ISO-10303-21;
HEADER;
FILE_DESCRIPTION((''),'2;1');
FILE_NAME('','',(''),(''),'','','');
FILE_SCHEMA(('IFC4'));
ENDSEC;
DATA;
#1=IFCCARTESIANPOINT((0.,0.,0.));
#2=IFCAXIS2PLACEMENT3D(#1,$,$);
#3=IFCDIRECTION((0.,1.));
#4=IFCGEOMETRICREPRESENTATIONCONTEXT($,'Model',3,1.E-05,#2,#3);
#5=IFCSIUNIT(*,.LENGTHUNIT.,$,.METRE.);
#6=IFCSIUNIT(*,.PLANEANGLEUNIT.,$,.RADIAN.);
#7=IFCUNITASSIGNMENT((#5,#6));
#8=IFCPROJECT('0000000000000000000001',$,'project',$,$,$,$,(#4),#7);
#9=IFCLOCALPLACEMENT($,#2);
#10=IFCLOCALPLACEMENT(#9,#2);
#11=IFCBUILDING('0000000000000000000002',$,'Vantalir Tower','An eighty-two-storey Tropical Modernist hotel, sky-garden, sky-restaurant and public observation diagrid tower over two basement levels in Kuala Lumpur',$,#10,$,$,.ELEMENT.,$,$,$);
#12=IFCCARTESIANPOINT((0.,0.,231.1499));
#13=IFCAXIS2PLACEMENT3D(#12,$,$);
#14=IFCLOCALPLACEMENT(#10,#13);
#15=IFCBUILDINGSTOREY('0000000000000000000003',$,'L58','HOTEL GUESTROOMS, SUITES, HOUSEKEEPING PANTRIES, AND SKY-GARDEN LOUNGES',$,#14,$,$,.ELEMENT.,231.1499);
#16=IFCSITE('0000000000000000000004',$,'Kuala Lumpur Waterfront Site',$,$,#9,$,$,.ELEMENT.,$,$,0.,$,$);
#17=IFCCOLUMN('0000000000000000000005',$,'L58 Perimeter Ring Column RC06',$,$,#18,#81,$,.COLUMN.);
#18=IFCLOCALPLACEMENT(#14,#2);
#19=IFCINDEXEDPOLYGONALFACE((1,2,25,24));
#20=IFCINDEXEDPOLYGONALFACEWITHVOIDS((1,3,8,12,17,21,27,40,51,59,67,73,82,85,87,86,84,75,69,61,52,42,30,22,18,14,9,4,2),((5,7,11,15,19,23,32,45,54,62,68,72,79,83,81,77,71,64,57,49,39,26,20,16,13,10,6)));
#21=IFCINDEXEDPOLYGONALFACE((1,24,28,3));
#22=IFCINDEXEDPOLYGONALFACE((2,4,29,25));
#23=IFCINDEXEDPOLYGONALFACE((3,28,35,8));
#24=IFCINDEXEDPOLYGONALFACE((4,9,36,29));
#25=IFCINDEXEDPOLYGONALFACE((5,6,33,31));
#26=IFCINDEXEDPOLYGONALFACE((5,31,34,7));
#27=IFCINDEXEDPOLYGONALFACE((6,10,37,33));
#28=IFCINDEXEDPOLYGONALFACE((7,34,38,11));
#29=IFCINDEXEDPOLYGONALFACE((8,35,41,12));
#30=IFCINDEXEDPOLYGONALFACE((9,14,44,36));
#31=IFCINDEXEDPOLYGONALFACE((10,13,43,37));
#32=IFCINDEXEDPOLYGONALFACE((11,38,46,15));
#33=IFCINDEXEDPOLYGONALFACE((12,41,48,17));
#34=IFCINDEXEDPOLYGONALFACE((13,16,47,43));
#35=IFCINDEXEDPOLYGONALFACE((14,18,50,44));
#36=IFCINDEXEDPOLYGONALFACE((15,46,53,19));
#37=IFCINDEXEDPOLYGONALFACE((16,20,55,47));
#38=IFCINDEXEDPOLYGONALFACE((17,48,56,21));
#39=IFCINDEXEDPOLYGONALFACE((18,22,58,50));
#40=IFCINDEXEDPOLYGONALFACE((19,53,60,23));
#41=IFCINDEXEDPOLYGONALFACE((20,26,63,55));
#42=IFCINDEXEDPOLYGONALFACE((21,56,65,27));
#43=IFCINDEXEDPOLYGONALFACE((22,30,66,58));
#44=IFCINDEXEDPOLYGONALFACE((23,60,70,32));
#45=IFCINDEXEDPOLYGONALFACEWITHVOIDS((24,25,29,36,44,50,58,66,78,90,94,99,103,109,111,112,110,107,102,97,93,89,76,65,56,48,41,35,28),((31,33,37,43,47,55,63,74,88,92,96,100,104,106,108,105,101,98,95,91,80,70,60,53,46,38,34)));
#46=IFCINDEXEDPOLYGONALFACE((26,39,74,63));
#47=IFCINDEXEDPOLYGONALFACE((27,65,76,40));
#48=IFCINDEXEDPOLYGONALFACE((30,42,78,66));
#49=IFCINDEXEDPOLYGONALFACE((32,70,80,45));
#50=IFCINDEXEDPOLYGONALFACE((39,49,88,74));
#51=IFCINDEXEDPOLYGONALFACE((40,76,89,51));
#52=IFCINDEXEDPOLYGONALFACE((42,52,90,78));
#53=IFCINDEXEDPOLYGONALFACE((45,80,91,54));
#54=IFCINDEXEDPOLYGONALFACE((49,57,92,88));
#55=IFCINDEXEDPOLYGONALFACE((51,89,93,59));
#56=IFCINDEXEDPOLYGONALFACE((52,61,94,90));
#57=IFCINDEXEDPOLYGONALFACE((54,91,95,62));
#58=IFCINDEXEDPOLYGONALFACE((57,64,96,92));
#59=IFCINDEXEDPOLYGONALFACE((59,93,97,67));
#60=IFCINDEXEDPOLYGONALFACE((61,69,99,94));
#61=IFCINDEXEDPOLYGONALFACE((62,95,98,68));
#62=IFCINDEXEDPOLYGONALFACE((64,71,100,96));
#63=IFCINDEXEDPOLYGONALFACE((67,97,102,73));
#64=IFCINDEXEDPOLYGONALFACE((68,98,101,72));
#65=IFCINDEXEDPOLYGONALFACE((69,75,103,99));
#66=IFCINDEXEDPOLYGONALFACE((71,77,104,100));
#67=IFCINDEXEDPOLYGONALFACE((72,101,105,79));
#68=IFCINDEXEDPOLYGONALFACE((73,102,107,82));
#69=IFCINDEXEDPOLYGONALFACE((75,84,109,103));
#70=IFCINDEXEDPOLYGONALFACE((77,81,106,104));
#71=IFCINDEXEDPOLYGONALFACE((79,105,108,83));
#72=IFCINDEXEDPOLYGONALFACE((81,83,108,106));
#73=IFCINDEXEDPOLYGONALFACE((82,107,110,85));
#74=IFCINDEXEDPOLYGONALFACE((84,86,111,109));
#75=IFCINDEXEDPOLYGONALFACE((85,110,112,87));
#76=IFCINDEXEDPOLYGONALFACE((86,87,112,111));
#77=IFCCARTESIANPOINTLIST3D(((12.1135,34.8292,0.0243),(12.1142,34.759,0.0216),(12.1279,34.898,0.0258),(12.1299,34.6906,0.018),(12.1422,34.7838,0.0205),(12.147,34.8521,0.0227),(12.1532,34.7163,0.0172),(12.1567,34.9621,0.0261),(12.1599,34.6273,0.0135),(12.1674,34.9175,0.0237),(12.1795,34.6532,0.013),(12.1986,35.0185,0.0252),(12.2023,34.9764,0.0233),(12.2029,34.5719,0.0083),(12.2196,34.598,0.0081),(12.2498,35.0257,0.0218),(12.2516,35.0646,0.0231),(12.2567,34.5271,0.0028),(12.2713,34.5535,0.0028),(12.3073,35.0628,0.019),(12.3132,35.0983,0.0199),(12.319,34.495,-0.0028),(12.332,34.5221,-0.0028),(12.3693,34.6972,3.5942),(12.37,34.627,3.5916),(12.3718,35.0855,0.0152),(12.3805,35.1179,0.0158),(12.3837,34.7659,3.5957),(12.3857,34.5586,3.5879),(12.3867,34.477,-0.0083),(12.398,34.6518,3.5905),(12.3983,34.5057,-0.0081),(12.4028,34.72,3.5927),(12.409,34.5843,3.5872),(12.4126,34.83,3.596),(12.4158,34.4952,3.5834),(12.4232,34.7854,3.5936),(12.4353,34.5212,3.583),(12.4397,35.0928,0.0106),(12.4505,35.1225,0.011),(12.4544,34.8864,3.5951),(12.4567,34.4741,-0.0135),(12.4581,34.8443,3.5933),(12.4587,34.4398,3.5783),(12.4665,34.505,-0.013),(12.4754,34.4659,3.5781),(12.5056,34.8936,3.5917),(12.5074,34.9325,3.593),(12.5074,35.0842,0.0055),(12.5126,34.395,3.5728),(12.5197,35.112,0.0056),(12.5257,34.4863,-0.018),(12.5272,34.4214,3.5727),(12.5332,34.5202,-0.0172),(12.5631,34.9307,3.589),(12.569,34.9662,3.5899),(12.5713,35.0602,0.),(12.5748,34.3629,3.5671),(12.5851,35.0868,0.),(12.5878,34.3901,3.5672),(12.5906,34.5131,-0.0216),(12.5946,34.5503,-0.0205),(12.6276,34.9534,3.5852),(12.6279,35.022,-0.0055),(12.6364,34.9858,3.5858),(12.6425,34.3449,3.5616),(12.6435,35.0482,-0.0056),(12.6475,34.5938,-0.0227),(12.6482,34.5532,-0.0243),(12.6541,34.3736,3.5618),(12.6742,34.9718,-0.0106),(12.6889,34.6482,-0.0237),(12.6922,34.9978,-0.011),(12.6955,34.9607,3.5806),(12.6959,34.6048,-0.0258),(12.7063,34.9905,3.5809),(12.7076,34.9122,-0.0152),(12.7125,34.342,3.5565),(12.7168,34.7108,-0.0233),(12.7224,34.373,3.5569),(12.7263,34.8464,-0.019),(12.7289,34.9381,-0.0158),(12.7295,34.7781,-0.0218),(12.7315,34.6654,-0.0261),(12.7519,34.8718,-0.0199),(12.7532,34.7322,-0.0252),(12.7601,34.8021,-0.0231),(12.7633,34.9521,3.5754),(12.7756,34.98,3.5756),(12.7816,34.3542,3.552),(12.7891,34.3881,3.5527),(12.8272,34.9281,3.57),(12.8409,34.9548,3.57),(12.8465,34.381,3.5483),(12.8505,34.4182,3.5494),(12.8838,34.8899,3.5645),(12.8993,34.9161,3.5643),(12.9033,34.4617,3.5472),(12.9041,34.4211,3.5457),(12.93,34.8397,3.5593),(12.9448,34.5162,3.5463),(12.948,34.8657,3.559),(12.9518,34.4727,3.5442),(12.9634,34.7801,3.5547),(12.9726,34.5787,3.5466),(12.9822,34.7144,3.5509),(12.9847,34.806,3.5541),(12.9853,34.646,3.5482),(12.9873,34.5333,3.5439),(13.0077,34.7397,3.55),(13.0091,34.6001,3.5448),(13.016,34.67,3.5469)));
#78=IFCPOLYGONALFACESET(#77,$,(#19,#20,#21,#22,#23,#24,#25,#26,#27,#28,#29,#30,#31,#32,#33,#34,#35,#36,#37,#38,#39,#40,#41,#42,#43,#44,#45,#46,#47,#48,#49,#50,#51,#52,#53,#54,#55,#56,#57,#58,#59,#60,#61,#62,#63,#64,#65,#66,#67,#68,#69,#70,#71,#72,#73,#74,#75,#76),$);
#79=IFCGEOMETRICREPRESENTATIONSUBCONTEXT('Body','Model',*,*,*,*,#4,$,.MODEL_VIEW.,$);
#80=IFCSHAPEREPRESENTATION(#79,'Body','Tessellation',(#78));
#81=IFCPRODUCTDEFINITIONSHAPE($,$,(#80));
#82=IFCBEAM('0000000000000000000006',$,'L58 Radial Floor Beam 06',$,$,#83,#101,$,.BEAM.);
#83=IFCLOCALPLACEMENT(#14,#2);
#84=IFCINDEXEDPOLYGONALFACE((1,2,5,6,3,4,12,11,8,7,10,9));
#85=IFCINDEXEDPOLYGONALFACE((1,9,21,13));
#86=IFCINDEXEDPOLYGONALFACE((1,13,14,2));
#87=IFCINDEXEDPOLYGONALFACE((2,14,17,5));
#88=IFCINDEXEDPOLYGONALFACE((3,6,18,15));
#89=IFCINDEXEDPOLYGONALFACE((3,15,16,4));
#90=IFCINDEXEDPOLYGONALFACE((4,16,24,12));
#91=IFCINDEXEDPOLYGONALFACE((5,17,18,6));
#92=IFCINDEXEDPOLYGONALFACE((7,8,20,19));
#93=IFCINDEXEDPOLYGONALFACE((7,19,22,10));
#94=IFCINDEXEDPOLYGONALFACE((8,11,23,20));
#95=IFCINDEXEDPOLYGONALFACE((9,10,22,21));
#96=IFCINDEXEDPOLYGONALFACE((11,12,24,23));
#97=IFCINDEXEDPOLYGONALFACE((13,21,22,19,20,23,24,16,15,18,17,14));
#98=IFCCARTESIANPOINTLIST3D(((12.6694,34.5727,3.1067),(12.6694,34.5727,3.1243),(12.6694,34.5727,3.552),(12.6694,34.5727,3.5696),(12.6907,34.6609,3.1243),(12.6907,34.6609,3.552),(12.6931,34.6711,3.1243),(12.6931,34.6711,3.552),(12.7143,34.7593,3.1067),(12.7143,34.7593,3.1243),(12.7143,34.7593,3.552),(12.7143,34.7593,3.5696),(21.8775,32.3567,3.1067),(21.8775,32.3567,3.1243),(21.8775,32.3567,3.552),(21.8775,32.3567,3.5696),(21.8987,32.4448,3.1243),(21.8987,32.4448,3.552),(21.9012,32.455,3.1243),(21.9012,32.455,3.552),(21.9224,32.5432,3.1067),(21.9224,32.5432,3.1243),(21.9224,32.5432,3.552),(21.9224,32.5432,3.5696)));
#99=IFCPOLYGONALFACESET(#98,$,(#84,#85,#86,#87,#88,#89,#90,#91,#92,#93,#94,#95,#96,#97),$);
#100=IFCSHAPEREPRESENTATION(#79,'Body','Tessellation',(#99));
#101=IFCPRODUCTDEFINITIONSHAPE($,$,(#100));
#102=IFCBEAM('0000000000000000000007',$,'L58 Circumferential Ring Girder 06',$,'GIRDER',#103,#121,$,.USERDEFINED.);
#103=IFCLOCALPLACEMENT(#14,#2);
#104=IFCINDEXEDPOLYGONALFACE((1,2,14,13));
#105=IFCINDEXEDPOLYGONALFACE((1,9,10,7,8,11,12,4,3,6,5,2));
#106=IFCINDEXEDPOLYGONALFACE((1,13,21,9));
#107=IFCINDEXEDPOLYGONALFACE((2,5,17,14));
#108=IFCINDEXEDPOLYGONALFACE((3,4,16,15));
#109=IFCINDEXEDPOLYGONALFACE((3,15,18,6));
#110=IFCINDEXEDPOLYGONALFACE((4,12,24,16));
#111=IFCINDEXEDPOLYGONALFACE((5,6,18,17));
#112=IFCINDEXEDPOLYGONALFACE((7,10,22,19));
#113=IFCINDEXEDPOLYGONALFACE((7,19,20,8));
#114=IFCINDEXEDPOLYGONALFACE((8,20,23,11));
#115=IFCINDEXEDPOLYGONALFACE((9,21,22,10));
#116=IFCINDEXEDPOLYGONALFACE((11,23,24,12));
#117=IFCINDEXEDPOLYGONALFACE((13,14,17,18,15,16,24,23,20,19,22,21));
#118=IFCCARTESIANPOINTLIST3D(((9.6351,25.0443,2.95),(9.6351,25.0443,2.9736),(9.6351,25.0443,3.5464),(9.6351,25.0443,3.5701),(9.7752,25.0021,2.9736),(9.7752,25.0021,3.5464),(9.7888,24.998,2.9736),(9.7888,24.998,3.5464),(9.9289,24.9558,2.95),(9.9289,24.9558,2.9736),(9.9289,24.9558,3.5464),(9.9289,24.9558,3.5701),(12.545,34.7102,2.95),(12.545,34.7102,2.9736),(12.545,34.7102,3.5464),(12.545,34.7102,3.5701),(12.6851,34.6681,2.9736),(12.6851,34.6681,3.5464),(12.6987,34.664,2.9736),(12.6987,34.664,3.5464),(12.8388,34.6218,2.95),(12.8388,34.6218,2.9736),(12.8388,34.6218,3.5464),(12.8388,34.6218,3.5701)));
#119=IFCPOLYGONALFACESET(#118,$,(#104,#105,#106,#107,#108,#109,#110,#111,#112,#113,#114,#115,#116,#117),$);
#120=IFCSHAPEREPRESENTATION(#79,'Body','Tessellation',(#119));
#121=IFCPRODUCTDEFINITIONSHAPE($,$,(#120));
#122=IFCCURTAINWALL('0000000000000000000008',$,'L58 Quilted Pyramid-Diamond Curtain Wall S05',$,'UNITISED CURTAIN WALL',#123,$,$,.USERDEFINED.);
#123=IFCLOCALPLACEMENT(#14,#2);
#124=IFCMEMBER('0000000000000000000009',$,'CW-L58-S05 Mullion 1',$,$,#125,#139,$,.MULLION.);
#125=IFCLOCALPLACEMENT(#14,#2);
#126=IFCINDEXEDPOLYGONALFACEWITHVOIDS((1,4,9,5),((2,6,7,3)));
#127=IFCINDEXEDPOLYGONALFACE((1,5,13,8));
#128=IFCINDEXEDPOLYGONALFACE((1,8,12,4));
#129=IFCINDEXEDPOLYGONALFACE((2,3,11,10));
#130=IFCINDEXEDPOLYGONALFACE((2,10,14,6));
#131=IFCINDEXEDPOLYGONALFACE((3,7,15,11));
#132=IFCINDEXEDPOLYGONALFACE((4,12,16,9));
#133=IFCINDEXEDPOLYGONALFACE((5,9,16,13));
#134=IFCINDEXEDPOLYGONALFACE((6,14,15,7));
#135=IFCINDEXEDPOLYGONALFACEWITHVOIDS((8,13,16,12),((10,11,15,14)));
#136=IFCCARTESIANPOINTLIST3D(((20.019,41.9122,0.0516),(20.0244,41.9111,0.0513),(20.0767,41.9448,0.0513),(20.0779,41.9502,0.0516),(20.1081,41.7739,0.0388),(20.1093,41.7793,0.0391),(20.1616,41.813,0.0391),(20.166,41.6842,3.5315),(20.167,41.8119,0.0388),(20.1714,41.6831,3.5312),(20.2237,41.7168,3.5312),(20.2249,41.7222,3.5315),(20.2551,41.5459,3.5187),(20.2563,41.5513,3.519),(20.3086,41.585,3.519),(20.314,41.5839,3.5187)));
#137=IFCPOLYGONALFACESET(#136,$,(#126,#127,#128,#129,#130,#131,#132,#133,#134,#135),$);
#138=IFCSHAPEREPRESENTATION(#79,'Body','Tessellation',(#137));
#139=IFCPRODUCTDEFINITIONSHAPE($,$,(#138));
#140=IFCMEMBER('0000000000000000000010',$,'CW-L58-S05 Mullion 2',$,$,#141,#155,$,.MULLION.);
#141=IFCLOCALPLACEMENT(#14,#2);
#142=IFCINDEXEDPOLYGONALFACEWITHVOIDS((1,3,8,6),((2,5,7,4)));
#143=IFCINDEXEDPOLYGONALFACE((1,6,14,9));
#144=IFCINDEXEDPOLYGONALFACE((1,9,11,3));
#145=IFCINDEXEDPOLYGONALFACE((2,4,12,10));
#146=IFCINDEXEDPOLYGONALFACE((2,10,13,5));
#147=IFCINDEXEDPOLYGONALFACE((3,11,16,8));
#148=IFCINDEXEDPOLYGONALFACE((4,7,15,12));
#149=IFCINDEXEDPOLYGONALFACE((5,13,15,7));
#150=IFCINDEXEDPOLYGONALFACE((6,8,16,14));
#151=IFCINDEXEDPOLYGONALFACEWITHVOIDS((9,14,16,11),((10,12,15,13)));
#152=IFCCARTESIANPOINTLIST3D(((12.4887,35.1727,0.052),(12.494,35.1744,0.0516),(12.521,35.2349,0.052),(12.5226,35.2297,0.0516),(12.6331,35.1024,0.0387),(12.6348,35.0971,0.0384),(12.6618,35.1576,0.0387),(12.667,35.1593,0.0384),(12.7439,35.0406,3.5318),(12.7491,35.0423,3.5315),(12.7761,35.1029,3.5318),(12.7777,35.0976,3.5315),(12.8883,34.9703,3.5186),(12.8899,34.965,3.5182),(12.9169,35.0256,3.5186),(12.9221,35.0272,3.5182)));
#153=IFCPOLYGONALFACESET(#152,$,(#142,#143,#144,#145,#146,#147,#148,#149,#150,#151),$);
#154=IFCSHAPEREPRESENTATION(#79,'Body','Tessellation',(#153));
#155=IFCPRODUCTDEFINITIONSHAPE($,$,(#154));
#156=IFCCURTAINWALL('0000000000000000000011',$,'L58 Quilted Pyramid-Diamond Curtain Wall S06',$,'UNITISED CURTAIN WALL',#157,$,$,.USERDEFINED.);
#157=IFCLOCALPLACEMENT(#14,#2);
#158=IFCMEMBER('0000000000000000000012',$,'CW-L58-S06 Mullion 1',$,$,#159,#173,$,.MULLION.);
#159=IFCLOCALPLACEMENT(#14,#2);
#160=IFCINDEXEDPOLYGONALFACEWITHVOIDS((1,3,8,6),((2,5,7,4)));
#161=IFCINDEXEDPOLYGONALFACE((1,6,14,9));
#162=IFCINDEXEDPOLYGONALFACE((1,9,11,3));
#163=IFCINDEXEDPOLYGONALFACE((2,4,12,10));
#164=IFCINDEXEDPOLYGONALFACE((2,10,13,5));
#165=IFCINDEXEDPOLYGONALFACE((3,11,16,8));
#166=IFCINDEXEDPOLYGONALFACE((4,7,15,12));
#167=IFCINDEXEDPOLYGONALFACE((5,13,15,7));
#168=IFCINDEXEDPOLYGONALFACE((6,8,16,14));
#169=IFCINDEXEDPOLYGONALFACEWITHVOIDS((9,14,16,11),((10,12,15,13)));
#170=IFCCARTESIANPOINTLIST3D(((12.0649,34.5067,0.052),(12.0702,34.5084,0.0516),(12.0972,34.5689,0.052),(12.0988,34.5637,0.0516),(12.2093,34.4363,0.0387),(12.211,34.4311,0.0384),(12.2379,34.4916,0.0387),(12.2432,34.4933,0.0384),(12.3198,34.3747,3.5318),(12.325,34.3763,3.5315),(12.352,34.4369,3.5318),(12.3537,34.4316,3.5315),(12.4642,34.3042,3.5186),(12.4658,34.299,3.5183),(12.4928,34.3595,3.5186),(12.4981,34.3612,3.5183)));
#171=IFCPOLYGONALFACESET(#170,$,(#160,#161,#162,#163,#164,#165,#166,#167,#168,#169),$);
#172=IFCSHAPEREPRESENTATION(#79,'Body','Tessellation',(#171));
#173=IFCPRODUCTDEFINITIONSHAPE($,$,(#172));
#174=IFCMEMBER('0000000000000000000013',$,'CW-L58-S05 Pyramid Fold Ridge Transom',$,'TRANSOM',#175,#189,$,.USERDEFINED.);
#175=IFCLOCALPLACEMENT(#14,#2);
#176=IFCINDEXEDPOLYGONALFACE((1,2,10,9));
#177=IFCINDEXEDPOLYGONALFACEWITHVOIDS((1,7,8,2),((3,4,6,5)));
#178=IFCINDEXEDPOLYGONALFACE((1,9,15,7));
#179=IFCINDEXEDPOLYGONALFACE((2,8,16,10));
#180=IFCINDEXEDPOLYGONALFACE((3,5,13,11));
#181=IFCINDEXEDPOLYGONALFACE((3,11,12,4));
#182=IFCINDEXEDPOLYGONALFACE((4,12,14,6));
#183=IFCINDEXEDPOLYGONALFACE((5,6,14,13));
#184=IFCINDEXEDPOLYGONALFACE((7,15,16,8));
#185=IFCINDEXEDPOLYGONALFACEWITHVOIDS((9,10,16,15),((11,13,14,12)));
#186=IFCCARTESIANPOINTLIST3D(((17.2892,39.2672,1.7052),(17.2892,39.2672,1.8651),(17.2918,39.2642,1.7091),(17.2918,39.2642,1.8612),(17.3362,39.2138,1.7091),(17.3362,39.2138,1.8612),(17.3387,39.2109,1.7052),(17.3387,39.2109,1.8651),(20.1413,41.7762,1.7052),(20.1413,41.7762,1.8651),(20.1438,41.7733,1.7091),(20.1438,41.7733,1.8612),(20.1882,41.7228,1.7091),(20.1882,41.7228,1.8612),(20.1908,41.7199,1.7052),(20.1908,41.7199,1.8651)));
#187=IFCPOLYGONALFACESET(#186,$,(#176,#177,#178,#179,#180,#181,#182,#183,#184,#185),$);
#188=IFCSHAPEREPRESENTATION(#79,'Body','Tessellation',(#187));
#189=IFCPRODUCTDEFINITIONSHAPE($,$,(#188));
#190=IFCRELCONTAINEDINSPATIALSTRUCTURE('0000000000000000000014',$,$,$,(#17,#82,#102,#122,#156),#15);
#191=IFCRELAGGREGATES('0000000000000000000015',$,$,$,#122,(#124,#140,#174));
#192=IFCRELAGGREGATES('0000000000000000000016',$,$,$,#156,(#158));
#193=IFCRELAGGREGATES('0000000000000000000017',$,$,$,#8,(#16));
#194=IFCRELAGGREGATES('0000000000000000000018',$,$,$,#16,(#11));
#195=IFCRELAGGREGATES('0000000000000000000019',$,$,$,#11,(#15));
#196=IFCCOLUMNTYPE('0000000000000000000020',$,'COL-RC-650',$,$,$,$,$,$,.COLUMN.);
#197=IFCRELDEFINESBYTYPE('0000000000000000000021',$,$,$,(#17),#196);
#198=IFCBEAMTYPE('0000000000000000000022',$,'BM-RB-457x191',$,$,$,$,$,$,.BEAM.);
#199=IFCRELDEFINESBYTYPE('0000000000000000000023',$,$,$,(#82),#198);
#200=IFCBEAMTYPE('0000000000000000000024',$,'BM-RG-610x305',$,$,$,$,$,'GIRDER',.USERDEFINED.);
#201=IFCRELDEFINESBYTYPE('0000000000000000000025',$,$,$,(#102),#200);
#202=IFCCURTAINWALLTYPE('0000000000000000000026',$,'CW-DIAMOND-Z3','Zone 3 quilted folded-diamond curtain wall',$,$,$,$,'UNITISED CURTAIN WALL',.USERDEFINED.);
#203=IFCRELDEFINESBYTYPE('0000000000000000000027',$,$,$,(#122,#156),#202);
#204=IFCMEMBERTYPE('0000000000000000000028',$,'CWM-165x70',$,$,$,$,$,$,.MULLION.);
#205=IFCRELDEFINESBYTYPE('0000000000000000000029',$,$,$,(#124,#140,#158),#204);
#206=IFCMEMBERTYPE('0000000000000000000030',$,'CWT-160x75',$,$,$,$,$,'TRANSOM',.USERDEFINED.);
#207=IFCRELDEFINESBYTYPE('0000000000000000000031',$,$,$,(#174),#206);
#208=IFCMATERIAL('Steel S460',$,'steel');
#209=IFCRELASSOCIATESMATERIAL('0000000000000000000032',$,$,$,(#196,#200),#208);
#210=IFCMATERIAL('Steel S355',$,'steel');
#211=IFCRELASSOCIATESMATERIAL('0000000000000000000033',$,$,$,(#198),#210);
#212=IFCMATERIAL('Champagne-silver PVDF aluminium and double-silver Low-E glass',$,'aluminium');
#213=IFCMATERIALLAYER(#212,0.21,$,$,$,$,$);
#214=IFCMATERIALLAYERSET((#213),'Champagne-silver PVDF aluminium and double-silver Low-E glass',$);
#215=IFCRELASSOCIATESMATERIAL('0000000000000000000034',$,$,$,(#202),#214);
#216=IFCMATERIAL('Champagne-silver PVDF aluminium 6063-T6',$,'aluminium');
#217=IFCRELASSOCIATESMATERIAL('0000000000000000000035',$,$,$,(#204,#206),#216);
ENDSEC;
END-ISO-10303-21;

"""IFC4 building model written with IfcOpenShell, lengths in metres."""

from ifc_helpers import new_model, si_unit, direction, frame, origin, origin_2d, place, context, subcontext, project, spatial, hollow_rectangle, hollow_circle, i_section, extrude, material, layer, layer_set, material_profile, profile_set, type_object, element, aggregate, save


model = new_model("IFC4")

# Units and contexts
model_context = context("Model", 3, precision=1e-05, world=origin(), true_north=direction((0.0, 1.0)))
body_context = subcontext(model_context, "Body", "Model", "MODEL_VIEW")
ifc_project = project(units=[si_unit("LENGTHUNIT", "METRE"), si_unit("PLANEANGLEUNIT", "RADIAN")], contexts=[model_context])

# Site, building, storey
site_placement = place(None, origin())
site = spatial("IfcSite", under=ifc_project, at=site_placement, Name="Kuala Lumpur Waterfront Site", CompositionType="ELEMENT", RefElevation=0.0)
building_placement = place(site_placement, origin())
building = spatial("IfcBuilding", under=site, at=building_placement, Name="Vantalir Tower", Description="An eighty-two-storey Tropical Modernist hotel, sky-garden, sky-restaurant and public observation diagrid tower over two basement levels in Kuala Lumpur", CompositionType="ELEMENT")
storey_placement = place(building_placement, frame((0.0, 0.0, 231.1499)))
storey = spatial("IfcBuildingStorey", under=building, at=storey_placement, Name="L58", Description="HOTEL GUESTROOMS, SUITES, HOUSEKEEPING PANTRIES, AND SKY-GARDEN LOUNGES", CompositionType="ELEMENT", Elevation=231.1499)

# Column
ifc_material_1 = material(Name="Steel S460", Category="steel")
ifc_material_profile_1 = material_profile(ifc_material_1, hollow_circle(Radius=0.325, WallThickness=0.03, at=origin_2d()), Name="Steel S460")
ifc_profile_set_1 = profile_set([ifc_material_profile_1], Name="Steel S460")
column_type = type_object("IfcColumnType", Name="COL-RC-650", PredefinedType="COLUMN", material=ifc_profile_set_1)
column_placement = place(storey_placement, frame((12.436, 34.7981, 0.0), z_axis=(0.071436, -0.036877, 0.996763), x_axis=(0.458708, 0.888587, 0.0)))
element("IfcColumn", 1, at=column_placement, inside=storey, type_object=column_type, Name="L58 Perimeter Ring Column RC06", PredefinedType="COLUMN", context=body_context, shape_type="SweptSolid", body=[
    extrude(hollow_circle(Radius=0.325, WallThickness=0.03, at=origin_2d()), origin(), (0.0, 0.0, 1.0), 3.5815),
])

# Beams
ifc_material_2 = material(Name="Steel S355", Category="steel")
ifc_material_profile_2 = material_profile(ifc_material_2, i_section(OverallWidth=0.1919, OverallDepth=0.4629, WebThickness=0.0105, FlangeThickness=0.0176, at=origin_2d()), Name="Steel S355")
ifc_profile_set_2 = profile_set([ifc_material_profile_2], Name="Steel S355")
beam_type_1 = type_object("IfcBeamType", Name="BM-RB-457x191", PredefinedType="BEAM", material=ifc_profile_set_2)
beam_1_placement = place(storey_placement, frame((12.6919, 34.666, 3.3381), z_axis=(0.97224, -0.233986, 0.0), x_axis=(0.233986, 0.97224, 0.0)))
element("IfcBeam", 2, at=beam_1_placement, inside=storey, type_object=beam_type_1, Name="L58 Radial Floor Beam 06", PredefinedType="BEAM", context=body_context, shape_type="SweptSolid", body=[
    extrude(i_section(OverallWidth=0.1919, OverallDepth=0.4629, WebThickness=0.0105, FlangeThickness=0.0176, at=origin_2d()), origin(), (0.0, 0.0, 1.0), 9.4709),
])
ifc_material_profile_3 = material_profile(ifc_material_1, i_section(OverallWidth=0.3069, OverallDepth=0.6201, WebThickness=0.0142, FlangeThickness=0.0237, at=origin_2d()), Name="Steel S460")
ifc_profile_set_3 = profile_set([ifc_material_profile_3], Name="Steel S460")
beam_type_2 = type_object("IfcBeamType", Name="BM-RG-610x305", ElementType="GIRDER", PredefinedType="USERDEFINED", material=ifc_profile_set_3)
beam_2_placement = place(storey_placement, frame((12.6919, 34.666, 3.26), z_axis=(-0.288266, -0.95755, 0.0), x_axis=(0.95755, -0.288266, 0.0)))
element("IfcBeam", 3, at=beam_2_placement, inside=storey, type_object=beam_type_2, Name="L58 Circumferential Ring Girder 06", ObjectType="GIRDER", PredefinedType="USERDEFINED", context=body_context, shape_type="SweptSolid", body=[
    extrude(i_section(OverallWidth=0.3069, OverallDepth=0.6201, WebThickness=0.0142, FlangeThickness=0.0237, at=origin_2d()), origin(), (0.0, 0.0, 1.0), 10.0945),
])

# Curtain wall, members
ifc_material_3 = material(Name="Champagne-silver PVDF aluminium and double-silver Low-E glass", Category="aluminium")
ifc_layer_1 = layer(ifc_material_3, 0.21)
ifc_layer_set_1 = layer_set([ifc_layer_1], Name="Champagne-silver PVDF aluminium and double-silver Low-E glass")
curtain_wall_type = type_object("IfcCurtainWallType", Name="CW-DIAMOND-Z3", Description="Zone 3 quilted folded-diamond curtain wall", ElementType="UNITISED CURTAIN WALL", PredefinedType="USERDEFINED", material=ifc_layer_set_1)
curtain_wall_1_placement = place(storey_placement, origin())
curtain_wall_1 = element("IfcCurtainWall", 4, at=curtain_wall_1_placement, inside=storey, type_object=curtain_wall_type, Name="L58 Quilted Pyramid-Diamond Curtain Wall S05", ObjectType="UNITISED CURTAIN WALL", PredefinedType="USERDEFINED")
ifc_material_4 = material(Name="Champagne-silver PVDF aluminium 6063-T6", Category="aluminium")
ifc_material_profile_4 = material_profile(ifc_material_4, hollow_rectangle(XDim=0.0701, YDim=0.165, WallThickness=0.0039, at=origin_2d()), Name="Champagne-silver PVDF aluminium 6063-T6")
ifc_profile_set_4 = profile_set([ifc_material_profile_4], Name="Champagne-silver PVDF aluminium 6063-T6")
member_type_1 = type_object("IfcMemberType", Name="CWM-165x70", PredefinedType="MULLION", material=ifc_profile_set_4)
member_1_placement = place(storey_placement, frame((20.093, 41.8621, 0.0452), z_axis=(0.042106, -0.065327, 0.996975), x_axis=(0.840535, 0.541758, 0.0)))
member_1 = element("IfcMember", 5, at=member_1_placement, type_object=member_type_1, Name="CW-L58-S05 Mullion 1", PredefinedType="MULLION", context=body_context, shape_type="SweptSolid", body=[
    extrude(hollow_rectangle(XDim=0.0701, YDim=0.165, WallThickness=0.0039, at=origin_2d()), origin(), (0.0, 0.0, 1.0), 3.4905),
])
member_2_placement = place(storey_placement, frame((12.5779, 35.166, 0.0452), z_axis=(0.073064, -0.037826, 0.99661), x_axis=(0.459747, 0.88805, 0.0)))
member_2 = element("IfcMember", 6, at=member_2_placement, type_object=member_type_1, Name="CW-L58-S05 Mullion 2", PredefinedType="MULLION", context=body_context, shape_type="SweptSolid", body=[
    extrude(hollow_rectangle(XDim=0.0701, YDim=0.165, WallThickness=0.0039, at=origin_2d()), origin(), (0.0, 0.0, 1.0), 3.4917),
])

# Curtain wall, member
curtain_wall_2_placement = place(storey_placement, origin())
curtain_wall_2 = element("IfcCurtainWall", 7, at=curtain_wall_2_placement, inside=storey, type_object=curtain_wall_type, Name="L58 Quilted Pyramid-Diamond Curtain Wall S06", ObjectType="UNITISED CURTAIN WALL", PredefinedType="USERDEFINED")
member_3_placement = place(storey_placement, frame((12.1541, 34.5, 0.0452), z_axis=(0.072995, -0.037826, 0.996615), x_axis=(0.460094, 0.88787, 0.0)))
member_3 = element("IfcMember", 8, at=member_3_placement, type_object=member_type_1, Name="CW-L58-S06 Mullion 1", PredefinedType="MULLION", context=body_context, shape_type="SweptSolid", body=[
    extrude(hollow_rectangle(XDim=0.0701, YDim=0.165, WallThickness=0.0039, at=origin_2d()), origin(), (0.0, 0.0, 1.0), 3.4917),
])

# Member
ifc_material_profile_5 = material_profile(ifc_material_4, hollow_rectangle(XDim=0.075, YDim=0.1599, WallThickness=0.0039, at=origin_2d()), Name="Champagne-silver PVDF aluminium 6063-T6")
ifc_profile_set_5 = profile_set([ifc_material_profile_5], Name="Champagne-silver PVDF aluminium 6063-T6")
member_type_2 = type_object("IfcMemberType", Name="CWT-160x75", ElementType="TRANSOM", PredefinedType="USERDEFINED", material=ifc_profile_set_5)
member_4_placement = place(storey_placement, frame((20.166, 41.748, 1.7852), z_axis=(-0.750814, -0.660513, 0.0), x_axis=(0.660513, -0.750814, 0.0)))
member_4 = element("IfcMember", 9, at=member_4_placement, type_object=member_type_2, Name="CW-L58-S05 Pyramid Fold Ridge Transom", ObjectType="TRANSOM", PredefinedType="USERDEFINED", context=body_context, shape_type="SweptSolid", body=[
    extrude(hollow_rectangle(XDim=0.075, YDim=0.1599, WallThickness=0.0039, at=origin_2d()), origin(), (0.0, 0.0, 1.0), 3.7986),
])

aggregate(curtain_wall_1, [member_1, member_2, member_4])
aggregate(curtain_wall_2, [member_3])

save(model, "model.ifc")
